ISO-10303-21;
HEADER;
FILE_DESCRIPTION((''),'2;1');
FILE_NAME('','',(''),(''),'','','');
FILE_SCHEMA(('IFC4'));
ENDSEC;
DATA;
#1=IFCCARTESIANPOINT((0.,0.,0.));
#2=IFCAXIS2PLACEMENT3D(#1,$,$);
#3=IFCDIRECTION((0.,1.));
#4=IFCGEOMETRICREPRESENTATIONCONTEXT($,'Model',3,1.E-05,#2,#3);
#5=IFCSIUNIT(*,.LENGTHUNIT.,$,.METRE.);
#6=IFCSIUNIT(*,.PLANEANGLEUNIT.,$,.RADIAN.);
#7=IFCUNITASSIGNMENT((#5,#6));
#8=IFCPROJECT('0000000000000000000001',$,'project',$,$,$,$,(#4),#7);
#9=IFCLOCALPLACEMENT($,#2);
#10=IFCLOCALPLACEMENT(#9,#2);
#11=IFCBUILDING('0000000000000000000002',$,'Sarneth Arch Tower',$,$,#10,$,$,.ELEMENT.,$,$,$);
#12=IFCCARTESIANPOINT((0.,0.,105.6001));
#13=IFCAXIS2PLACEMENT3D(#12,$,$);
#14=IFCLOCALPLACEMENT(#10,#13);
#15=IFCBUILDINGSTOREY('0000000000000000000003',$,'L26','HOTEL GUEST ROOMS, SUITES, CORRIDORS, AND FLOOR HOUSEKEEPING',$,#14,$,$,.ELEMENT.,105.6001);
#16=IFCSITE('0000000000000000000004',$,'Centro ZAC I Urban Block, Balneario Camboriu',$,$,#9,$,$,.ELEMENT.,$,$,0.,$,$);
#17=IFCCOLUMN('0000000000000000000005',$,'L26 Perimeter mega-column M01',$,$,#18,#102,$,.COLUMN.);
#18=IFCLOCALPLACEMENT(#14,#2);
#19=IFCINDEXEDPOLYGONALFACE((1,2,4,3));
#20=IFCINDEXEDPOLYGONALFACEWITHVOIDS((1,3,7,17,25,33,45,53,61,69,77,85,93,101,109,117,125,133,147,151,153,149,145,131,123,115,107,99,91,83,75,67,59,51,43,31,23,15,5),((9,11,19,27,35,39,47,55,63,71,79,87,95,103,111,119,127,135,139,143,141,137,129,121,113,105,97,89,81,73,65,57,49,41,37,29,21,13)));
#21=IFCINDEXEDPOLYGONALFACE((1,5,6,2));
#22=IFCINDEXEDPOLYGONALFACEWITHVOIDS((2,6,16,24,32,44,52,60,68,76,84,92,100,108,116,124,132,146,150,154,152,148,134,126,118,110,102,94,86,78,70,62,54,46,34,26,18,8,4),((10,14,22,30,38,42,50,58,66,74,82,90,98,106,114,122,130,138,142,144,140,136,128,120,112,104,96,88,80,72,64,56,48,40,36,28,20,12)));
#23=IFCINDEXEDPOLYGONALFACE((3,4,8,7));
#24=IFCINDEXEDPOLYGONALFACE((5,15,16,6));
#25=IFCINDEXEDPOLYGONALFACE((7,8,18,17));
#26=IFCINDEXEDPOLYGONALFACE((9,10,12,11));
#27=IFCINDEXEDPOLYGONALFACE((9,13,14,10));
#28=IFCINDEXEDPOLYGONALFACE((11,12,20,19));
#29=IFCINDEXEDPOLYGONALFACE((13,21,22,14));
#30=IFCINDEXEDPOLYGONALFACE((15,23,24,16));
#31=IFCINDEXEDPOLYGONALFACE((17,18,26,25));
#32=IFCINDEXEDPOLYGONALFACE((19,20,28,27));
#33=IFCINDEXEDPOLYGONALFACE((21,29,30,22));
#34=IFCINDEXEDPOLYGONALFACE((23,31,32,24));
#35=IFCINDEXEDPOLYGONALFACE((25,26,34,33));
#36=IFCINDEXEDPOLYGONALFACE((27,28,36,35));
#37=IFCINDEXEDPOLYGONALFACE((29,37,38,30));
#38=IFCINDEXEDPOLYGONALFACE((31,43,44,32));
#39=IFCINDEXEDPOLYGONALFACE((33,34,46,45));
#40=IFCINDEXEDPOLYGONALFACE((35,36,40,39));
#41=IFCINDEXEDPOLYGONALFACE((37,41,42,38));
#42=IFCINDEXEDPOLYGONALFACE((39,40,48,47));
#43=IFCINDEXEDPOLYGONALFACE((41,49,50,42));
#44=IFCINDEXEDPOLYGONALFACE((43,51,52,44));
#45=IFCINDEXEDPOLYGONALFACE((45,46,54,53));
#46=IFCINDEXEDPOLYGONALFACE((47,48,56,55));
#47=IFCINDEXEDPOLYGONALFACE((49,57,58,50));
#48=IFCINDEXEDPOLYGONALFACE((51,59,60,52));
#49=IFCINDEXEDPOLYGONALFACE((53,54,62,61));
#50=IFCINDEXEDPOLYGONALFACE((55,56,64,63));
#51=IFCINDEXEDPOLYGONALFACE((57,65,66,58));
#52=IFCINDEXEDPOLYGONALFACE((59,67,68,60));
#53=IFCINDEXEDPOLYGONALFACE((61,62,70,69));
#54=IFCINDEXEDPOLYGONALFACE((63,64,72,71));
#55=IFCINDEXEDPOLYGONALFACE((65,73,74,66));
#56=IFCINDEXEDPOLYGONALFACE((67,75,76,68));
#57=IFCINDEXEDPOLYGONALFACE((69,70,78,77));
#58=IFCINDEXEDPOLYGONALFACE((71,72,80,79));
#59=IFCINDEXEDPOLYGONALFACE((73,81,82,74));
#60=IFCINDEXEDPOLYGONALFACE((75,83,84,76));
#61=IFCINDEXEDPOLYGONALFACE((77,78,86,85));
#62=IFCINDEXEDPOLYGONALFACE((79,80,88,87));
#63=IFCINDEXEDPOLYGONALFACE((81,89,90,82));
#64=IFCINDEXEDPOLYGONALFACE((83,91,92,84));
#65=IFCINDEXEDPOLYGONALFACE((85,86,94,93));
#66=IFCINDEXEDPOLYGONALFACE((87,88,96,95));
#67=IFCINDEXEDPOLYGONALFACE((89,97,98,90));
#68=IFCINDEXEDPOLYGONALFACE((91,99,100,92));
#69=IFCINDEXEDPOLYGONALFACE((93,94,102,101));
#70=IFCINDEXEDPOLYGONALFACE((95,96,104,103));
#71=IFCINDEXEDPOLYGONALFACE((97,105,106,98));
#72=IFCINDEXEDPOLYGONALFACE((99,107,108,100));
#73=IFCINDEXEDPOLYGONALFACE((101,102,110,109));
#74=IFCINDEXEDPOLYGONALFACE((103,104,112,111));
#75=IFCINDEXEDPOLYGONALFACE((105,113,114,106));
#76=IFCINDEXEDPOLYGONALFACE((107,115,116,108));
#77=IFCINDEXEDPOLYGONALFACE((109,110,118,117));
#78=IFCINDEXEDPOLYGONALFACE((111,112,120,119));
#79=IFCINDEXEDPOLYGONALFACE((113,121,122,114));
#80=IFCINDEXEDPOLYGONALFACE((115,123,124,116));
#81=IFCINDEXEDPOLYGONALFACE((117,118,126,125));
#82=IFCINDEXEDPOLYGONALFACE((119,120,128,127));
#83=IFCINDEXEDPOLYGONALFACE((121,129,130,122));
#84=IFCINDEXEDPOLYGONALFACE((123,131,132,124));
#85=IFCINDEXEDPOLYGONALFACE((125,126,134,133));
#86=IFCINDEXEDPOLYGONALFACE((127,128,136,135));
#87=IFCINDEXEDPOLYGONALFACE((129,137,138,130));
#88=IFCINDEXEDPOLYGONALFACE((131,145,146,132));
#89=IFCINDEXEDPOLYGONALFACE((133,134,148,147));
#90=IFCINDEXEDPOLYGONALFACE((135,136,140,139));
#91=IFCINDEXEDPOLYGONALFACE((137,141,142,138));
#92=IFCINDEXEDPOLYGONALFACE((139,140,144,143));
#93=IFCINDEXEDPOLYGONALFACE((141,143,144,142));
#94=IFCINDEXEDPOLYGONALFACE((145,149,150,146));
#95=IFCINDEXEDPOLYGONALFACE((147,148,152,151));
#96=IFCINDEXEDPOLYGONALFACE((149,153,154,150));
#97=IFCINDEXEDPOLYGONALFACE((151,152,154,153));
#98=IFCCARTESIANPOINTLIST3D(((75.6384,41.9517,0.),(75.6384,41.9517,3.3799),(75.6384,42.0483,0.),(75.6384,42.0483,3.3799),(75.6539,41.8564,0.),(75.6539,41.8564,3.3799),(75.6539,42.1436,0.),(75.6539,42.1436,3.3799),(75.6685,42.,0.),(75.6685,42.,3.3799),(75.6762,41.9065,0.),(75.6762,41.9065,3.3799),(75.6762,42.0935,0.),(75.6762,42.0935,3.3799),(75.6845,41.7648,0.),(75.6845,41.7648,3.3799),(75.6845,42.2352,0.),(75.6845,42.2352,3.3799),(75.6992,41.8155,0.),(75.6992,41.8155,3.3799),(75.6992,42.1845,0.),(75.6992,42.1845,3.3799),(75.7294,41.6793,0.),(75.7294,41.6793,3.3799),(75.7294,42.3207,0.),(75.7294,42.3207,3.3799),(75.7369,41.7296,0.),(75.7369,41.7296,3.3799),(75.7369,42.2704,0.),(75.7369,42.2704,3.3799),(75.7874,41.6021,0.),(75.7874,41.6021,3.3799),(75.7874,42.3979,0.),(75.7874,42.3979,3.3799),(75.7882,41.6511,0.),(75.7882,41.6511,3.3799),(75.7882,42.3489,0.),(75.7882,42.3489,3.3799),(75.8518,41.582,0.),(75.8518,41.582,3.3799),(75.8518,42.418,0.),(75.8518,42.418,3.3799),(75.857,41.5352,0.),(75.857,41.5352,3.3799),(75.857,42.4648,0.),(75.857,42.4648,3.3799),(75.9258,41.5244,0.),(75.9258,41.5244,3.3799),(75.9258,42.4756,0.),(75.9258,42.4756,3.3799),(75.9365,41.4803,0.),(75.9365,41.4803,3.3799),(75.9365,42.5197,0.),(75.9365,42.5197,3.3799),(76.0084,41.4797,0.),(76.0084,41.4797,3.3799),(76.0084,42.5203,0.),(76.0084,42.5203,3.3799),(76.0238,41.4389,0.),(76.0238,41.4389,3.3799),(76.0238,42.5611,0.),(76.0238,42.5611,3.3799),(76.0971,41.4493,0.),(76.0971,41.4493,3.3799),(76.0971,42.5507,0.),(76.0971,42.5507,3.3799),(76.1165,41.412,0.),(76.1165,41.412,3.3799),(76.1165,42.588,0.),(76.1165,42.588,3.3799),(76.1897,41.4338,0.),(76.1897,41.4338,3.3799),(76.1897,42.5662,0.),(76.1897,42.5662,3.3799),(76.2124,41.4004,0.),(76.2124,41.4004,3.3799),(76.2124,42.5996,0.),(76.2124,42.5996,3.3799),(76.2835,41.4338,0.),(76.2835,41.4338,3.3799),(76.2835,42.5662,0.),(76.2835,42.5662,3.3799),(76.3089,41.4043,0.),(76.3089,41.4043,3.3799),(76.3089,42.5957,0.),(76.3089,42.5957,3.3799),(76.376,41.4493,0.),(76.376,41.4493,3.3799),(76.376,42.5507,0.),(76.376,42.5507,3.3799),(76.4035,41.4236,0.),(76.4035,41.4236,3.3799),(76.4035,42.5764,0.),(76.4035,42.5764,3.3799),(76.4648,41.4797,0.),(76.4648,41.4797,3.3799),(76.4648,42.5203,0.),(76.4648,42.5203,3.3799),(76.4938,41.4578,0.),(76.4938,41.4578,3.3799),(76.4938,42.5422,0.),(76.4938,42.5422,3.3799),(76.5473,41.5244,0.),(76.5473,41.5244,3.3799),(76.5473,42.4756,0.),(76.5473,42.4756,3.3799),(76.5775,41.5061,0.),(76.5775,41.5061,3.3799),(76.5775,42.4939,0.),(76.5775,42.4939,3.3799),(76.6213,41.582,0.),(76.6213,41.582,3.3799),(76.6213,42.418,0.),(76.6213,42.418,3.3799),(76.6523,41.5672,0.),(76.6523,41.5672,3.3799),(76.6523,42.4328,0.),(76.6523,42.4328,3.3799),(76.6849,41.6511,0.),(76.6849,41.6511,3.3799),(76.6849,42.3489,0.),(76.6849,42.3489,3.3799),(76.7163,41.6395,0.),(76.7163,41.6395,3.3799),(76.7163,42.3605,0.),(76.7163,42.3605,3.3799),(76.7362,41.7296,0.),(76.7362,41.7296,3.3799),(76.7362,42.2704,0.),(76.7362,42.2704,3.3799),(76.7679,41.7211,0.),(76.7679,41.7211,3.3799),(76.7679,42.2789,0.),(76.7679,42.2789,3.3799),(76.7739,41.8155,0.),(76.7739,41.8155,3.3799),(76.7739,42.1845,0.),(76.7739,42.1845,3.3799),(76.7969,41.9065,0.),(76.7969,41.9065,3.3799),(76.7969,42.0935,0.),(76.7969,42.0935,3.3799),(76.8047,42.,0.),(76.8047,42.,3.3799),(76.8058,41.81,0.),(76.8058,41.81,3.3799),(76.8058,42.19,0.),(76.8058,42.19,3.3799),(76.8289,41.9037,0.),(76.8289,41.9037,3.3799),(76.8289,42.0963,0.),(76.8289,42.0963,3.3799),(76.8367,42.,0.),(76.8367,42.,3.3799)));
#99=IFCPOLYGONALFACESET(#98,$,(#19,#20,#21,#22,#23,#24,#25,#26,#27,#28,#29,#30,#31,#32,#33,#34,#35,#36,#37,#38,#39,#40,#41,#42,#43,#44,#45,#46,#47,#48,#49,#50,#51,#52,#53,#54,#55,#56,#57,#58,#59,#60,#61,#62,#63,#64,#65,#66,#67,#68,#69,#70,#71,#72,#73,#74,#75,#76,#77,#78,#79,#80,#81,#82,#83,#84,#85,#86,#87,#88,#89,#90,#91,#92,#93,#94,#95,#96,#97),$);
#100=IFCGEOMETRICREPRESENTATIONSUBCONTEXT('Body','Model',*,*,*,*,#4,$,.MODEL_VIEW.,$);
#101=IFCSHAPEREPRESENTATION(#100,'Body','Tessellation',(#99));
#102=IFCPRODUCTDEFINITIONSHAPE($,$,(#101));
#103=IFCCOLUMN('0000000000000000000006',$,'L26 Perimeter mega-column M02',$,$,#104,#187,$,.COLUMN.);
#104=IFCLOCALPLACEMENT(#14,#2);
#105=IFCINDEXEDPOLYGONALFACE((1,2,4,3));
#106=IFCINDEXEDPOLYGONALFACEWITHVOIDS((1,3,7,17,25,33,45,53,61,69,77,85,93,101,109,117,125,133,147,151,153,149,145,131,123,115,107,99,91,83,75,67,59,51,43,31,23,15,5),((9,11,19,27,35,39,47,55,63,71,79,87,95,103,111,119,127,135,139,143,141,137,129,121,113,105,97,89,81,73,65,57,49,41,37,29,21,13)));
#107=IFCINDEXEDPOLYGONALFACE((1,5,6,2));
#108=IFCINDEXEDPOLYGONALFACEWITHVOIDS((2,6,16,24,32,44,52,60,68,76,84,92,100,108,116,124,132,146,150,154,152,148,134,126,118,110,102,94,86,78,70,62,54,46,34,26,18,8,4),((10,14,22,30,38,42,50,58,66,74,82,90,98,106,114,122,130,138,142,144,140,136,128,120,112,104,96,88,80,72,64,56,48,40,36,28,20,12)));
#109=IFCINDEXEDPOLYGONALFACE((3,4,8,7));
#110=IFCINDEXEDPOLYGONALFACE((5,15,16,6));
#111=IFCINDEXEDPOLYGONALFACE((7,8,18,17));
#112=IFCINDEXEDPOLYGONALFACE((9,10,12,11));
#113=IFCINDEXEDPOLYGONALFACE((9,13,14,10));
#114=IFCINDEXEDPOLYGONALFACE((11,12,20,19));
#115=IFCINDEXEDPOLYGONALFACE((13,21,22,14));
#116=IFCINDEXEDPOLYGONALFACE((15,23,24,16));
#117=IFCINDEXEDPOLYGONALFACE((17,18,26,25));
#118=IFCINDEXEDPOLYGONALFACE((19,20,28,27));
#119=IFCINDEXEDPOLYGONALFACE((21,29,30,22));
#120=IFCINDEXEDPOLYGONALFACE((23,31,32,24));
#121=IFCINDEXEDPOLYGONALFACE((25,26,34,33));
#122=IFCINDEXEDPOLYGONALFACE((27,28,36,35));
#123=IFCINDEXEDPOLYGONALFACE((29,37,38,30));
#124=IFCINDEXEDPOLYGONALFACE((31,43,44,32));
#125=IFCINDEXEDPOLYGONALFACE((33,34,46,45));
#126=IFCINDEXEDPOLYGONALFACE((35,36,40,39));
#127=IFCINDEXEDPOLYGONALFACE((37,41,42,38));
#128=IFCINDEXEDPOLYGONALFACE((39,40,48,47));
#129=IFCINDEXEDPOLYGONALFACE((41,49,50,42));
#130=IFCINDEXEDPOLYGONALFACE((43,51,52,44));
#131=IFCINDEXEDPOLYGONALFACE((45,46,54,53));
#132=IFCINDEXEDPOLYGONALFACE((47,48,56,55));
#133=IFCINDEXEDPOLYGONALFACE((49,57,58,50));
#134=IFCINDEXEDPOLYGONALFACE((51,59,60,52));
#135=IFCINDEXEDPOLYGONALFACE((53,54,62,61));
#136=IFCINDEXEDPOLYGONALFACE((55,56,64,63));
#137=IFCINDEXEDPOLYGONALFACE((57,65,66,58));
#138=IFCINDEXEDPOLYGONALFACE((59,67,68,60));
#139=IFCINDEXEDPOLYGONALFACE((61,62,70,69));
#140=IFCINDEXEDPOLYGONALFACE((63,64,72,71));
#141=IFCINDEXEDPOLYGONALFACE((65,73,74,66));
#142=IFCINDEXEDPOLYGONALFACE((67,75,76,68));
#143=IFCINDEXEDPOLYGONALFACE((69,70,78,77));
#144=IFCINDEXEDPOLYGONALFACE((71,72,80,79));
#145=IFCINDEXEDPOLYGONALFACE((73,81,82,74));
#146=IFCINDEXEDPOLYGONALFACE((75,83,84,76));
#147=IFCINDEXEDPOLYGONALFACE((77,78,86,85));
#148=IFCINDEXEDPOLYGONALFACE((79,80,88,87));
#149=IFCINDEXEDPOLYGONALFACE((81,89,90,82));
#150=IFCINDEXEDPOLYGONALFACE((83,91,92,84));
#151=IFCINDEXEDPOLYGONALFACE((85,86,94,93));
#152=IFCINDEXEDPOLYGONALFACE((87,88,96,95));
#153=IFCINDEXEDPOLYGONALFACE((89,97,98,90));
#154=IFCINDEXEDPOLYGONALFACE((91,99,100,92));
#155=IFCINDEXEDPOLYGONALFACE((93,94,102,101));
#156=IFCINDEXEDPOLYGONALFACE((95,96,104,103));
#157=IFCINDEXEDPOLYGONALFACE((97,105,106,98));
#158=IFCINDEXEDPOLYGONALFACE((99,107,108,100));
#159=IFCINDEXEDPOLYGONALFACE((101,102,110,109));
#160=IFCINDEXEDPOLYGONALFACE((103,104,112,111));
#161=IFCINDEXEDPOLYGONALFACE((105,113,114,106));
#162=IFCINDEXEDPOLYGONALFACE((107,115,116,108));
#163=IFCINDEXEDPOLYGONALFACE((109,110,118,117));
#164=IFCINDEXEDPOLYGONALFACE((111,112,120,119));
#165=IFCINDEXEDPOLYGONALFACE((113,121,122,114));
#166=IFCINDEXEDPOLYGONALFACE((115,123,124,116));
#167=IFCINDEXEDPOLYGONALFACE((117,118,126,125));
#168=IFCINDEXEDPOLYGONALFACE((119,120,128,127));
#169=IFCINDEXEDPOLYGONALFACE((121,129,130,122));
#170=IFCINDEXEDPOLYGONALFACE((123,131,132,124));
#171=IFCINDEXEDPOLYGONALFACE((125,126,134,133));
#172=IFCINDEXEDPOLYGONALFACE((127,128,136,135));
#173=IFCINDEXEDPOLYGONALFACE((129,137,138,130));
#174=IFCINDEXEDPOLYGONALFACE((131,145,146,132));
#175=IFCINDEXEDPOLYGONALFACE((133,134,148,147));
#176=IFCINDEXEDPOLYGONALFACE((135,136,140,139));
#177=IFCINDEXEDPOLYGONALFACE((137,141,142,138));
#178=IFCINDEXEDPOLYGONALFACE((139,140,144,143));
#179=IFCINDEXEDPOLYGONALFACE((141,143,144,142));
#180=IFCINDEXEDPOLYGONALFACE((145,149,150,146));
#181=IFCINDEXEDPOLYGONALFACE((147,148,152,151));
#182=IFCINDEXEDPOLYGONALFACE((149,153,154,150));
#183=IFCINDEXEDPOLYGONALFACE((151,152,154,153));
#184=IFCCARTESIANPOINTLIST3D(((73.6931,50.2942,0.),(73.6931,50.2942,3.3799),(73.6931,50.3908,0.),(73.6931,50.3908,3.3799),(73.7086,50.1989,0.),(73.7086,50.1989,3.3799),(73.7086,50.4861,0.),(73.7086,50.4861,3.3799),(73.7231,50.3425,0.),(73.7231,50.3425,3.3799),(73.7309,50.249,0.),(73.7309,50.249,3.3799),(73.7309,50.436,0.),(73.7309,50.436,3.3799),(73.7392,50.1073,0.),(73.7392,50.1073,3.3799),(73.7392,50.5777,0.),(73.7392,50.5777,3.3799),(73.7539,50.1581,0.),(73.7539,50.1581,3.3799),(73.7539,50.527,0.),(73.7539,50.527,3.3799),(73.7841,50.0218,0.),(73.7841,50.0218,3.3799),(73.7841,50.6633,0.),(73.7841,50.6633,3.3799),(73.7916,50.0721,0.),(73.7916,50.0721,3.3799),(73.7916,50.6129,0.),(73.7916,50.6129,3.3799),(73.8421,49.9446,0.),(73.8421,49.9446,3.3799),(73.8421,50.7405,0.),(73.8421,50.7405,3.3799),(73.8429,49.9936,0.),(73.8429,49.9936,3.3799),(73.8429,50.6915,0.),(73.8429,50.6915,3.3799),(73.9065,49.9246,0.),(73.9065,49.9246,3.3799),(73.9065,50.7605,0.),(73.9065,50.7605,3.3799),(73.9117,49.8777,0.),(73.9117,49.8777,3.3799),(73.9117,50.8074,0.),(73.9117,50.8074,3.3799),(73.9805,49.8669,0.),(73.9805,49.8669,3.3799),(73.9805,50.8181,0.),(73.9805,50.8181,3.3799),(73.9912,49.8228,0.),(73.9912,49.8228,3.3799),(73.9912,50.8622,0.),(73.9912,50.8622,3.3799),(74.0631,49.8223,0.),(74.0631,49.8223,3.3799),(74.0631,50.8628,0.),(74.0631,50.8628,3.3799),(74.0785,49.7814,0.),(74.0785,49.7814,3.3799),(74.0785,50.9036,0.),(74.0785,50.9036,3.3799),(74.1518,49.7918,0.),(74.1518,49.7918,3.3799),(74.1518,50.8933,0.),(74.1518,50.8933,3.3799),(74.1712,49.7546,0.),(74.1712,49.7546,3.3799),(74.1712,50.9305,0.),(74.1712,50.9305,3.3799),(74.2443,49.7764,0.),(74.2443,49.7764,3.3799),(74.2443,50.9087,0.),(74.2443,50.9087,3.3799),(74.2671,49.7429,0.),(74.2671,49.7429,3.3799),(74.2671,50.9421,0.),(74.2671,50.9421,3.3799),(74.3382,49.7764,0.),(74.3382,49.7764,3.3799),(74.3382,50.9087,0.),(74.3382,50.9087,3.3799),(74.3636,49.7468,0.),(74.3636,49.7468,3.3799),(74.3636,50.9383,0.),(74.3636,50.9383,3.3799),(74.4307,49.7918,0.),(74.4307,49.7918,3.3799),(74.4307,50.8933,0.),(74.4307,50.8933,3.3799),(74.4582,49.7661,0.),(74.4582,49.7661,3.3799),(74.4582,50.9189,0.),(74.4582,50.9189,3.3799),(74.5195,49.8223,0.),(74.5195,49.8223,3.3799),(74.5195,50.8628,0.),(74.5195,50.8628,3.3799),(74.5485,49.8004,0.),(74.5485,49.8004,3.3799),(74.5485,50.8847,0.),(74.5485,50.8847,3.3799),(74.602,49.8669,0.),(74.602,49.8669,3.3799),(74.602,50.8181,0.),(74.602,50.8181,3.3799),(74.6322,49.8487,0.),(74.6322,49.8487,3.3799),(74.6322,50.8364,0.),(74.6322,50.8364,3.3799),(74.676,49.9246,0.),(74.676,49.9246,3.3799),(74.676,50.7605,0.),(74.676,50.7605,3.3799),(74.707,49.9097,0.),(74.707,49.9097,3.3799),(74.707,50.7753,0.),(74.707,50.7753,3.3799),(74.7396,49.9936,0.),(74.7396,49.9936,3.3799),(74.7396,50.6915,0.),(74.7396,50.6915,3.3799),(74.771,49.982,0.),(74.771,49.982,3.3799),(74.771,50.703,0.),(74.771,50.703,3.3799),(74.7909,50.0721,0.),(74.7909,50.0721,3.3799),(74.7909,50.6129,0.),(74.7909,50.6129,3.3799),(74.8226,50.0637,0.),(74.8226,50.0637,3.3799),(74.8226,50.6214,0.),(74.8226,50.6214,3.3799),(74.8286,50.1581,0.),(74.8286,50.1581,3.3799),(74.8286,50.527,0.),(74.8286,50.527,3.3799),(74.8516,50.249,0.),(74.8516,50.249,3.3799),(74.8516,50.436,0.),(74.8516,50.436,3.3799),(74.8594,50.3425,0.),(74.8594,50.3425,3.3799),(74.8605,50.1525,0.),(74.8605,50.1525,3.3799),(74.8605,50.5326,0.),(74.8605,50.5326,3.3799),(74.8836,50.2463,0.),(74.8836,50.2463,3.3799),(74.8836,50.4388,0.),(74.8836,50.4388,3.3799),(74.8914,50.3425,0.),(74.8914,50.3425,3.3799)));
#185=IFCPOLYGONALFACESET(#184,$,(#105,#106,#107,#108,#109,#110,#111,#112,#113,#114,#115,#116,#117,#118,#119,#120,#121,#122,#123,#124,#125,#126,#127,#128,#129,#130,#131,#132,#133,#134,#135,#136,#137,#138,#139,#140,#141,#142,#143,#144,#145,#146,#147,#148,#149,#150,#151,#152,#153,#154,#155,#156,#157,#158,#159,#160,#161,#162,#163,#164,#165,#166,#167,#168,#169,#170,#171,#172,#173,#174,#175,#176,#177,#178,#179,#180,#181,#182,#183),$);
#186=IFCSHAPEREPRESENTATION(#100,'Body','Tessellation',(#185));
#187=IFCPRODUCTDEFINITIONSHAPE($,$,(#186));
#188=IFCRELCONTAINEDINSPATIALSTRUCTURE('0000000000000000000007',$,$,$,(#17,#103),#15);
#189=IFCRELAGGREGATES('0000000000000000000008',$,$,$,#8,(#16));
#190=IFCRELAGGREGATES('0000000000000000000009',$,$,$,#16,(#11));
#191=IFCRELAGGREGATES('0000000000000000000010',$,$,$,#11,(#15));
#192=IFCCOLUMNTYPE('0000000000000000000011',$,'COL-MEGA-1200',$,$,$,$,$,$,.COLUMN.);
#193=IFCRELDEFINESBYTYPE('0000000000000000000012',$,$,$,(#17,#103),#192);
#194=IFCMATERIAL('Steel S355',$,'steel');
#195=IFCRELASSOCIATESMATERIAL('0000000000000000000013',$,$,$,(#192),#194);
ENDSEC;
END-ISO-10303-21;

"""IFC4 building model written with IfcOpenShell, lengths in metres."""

from ifc_helpers import new_model, si_unit, direction, frame, origin, origin_2d, place, context, subcontext, project, spatial, hollow_circle, extrude, material, material_profile, profile_set, type_object, element, save


model = new_model("IFC4")

# Units and contexts
model_context = context("Model", 3, precision=1e-05, world=origin(), true_north=direction((0.0, 1.0)))
body_context = subcontext(model_context, "Body", "Model", "MODEL_VIEW")
ifc_project = project(units=[si_unit("LENGTHUNIT", "METRE"), si_unit("PLANEANGLEUNIT", "RADIAN")], contexts=[model_context])

# Site, building, storey
site_placement = place(None, origin())
site = spatial("IfcSite", under=ifc_project, at=site_placement, Name="Centro ZAC I Urban Block, Balneario Camboriu", CompositionType="ELEMENT", RefElevation=0.0)
building_placement = place(site_placement, origin())
building = spatial("IfcBuilding", under=site, at=building_placement, Name="Sarneth Arch Tower", CompositionType="ELEMENT")
storey_placement = place(building_placement, frame((0.0, 0.0, 105.6001)))
storey = spatial("IfcBuildingStorey", under=building, at=storey_placement, Name="L26", Description="HOTEL GUEST ROOMS, SUITES, CORRIDORS, AND FLOOR HOUSEKEEPING", CompositionType="ELEMENT", Elevation=105.6001)

# Columns
ifc_material_1 = material(Name="Steel S355", Category="steel")
ifc_material_profile_1 = material_profile(ifc_material_1, hollow_circle(Radius=0.6001, WallThickness=0.032, at=origin_2d()), Name="CHS1200x32")
ifc_profile_set_1 = profile_set([ifc_material_profile_1], Name="Steel S355")
column_type = type_object("IfcColumnType", Name="COL-MEGA-1200", PredefinedType="COLUMN", material=ifc_profile_set_1)
for number, where, z_axis, x_axis, name in (
    (1, (76.2366, 42.0, 0.0), (0.0, 0.0, 1.0), (1.0, 0.0, 0.0), "L26 Perimeter mega-column M01"),
    (2, (74.2913, 50.3425, 0.0), (0.0, 0.0, 1.0), (1.0, 0.0, 0.0), "L26 Perimeter mega-column M02"),
):
    element("IfcColumn", number, at=place(storey_placement, frame(where, z_axis=z_axis, x_axis=x_axis)), inside=storey, type_object=column_type, Name=name, PredefinedType="COLUMN", context=body_context, shape_type="SweptSolid", body=[
        extrude(hollow_circle(Radius=0.6001, WallThickness=0.032, at=origin_2d()), origin(), (0.0, 0.0, 1.0), 3.3799),
    ])

save(model, "model.ifc")
